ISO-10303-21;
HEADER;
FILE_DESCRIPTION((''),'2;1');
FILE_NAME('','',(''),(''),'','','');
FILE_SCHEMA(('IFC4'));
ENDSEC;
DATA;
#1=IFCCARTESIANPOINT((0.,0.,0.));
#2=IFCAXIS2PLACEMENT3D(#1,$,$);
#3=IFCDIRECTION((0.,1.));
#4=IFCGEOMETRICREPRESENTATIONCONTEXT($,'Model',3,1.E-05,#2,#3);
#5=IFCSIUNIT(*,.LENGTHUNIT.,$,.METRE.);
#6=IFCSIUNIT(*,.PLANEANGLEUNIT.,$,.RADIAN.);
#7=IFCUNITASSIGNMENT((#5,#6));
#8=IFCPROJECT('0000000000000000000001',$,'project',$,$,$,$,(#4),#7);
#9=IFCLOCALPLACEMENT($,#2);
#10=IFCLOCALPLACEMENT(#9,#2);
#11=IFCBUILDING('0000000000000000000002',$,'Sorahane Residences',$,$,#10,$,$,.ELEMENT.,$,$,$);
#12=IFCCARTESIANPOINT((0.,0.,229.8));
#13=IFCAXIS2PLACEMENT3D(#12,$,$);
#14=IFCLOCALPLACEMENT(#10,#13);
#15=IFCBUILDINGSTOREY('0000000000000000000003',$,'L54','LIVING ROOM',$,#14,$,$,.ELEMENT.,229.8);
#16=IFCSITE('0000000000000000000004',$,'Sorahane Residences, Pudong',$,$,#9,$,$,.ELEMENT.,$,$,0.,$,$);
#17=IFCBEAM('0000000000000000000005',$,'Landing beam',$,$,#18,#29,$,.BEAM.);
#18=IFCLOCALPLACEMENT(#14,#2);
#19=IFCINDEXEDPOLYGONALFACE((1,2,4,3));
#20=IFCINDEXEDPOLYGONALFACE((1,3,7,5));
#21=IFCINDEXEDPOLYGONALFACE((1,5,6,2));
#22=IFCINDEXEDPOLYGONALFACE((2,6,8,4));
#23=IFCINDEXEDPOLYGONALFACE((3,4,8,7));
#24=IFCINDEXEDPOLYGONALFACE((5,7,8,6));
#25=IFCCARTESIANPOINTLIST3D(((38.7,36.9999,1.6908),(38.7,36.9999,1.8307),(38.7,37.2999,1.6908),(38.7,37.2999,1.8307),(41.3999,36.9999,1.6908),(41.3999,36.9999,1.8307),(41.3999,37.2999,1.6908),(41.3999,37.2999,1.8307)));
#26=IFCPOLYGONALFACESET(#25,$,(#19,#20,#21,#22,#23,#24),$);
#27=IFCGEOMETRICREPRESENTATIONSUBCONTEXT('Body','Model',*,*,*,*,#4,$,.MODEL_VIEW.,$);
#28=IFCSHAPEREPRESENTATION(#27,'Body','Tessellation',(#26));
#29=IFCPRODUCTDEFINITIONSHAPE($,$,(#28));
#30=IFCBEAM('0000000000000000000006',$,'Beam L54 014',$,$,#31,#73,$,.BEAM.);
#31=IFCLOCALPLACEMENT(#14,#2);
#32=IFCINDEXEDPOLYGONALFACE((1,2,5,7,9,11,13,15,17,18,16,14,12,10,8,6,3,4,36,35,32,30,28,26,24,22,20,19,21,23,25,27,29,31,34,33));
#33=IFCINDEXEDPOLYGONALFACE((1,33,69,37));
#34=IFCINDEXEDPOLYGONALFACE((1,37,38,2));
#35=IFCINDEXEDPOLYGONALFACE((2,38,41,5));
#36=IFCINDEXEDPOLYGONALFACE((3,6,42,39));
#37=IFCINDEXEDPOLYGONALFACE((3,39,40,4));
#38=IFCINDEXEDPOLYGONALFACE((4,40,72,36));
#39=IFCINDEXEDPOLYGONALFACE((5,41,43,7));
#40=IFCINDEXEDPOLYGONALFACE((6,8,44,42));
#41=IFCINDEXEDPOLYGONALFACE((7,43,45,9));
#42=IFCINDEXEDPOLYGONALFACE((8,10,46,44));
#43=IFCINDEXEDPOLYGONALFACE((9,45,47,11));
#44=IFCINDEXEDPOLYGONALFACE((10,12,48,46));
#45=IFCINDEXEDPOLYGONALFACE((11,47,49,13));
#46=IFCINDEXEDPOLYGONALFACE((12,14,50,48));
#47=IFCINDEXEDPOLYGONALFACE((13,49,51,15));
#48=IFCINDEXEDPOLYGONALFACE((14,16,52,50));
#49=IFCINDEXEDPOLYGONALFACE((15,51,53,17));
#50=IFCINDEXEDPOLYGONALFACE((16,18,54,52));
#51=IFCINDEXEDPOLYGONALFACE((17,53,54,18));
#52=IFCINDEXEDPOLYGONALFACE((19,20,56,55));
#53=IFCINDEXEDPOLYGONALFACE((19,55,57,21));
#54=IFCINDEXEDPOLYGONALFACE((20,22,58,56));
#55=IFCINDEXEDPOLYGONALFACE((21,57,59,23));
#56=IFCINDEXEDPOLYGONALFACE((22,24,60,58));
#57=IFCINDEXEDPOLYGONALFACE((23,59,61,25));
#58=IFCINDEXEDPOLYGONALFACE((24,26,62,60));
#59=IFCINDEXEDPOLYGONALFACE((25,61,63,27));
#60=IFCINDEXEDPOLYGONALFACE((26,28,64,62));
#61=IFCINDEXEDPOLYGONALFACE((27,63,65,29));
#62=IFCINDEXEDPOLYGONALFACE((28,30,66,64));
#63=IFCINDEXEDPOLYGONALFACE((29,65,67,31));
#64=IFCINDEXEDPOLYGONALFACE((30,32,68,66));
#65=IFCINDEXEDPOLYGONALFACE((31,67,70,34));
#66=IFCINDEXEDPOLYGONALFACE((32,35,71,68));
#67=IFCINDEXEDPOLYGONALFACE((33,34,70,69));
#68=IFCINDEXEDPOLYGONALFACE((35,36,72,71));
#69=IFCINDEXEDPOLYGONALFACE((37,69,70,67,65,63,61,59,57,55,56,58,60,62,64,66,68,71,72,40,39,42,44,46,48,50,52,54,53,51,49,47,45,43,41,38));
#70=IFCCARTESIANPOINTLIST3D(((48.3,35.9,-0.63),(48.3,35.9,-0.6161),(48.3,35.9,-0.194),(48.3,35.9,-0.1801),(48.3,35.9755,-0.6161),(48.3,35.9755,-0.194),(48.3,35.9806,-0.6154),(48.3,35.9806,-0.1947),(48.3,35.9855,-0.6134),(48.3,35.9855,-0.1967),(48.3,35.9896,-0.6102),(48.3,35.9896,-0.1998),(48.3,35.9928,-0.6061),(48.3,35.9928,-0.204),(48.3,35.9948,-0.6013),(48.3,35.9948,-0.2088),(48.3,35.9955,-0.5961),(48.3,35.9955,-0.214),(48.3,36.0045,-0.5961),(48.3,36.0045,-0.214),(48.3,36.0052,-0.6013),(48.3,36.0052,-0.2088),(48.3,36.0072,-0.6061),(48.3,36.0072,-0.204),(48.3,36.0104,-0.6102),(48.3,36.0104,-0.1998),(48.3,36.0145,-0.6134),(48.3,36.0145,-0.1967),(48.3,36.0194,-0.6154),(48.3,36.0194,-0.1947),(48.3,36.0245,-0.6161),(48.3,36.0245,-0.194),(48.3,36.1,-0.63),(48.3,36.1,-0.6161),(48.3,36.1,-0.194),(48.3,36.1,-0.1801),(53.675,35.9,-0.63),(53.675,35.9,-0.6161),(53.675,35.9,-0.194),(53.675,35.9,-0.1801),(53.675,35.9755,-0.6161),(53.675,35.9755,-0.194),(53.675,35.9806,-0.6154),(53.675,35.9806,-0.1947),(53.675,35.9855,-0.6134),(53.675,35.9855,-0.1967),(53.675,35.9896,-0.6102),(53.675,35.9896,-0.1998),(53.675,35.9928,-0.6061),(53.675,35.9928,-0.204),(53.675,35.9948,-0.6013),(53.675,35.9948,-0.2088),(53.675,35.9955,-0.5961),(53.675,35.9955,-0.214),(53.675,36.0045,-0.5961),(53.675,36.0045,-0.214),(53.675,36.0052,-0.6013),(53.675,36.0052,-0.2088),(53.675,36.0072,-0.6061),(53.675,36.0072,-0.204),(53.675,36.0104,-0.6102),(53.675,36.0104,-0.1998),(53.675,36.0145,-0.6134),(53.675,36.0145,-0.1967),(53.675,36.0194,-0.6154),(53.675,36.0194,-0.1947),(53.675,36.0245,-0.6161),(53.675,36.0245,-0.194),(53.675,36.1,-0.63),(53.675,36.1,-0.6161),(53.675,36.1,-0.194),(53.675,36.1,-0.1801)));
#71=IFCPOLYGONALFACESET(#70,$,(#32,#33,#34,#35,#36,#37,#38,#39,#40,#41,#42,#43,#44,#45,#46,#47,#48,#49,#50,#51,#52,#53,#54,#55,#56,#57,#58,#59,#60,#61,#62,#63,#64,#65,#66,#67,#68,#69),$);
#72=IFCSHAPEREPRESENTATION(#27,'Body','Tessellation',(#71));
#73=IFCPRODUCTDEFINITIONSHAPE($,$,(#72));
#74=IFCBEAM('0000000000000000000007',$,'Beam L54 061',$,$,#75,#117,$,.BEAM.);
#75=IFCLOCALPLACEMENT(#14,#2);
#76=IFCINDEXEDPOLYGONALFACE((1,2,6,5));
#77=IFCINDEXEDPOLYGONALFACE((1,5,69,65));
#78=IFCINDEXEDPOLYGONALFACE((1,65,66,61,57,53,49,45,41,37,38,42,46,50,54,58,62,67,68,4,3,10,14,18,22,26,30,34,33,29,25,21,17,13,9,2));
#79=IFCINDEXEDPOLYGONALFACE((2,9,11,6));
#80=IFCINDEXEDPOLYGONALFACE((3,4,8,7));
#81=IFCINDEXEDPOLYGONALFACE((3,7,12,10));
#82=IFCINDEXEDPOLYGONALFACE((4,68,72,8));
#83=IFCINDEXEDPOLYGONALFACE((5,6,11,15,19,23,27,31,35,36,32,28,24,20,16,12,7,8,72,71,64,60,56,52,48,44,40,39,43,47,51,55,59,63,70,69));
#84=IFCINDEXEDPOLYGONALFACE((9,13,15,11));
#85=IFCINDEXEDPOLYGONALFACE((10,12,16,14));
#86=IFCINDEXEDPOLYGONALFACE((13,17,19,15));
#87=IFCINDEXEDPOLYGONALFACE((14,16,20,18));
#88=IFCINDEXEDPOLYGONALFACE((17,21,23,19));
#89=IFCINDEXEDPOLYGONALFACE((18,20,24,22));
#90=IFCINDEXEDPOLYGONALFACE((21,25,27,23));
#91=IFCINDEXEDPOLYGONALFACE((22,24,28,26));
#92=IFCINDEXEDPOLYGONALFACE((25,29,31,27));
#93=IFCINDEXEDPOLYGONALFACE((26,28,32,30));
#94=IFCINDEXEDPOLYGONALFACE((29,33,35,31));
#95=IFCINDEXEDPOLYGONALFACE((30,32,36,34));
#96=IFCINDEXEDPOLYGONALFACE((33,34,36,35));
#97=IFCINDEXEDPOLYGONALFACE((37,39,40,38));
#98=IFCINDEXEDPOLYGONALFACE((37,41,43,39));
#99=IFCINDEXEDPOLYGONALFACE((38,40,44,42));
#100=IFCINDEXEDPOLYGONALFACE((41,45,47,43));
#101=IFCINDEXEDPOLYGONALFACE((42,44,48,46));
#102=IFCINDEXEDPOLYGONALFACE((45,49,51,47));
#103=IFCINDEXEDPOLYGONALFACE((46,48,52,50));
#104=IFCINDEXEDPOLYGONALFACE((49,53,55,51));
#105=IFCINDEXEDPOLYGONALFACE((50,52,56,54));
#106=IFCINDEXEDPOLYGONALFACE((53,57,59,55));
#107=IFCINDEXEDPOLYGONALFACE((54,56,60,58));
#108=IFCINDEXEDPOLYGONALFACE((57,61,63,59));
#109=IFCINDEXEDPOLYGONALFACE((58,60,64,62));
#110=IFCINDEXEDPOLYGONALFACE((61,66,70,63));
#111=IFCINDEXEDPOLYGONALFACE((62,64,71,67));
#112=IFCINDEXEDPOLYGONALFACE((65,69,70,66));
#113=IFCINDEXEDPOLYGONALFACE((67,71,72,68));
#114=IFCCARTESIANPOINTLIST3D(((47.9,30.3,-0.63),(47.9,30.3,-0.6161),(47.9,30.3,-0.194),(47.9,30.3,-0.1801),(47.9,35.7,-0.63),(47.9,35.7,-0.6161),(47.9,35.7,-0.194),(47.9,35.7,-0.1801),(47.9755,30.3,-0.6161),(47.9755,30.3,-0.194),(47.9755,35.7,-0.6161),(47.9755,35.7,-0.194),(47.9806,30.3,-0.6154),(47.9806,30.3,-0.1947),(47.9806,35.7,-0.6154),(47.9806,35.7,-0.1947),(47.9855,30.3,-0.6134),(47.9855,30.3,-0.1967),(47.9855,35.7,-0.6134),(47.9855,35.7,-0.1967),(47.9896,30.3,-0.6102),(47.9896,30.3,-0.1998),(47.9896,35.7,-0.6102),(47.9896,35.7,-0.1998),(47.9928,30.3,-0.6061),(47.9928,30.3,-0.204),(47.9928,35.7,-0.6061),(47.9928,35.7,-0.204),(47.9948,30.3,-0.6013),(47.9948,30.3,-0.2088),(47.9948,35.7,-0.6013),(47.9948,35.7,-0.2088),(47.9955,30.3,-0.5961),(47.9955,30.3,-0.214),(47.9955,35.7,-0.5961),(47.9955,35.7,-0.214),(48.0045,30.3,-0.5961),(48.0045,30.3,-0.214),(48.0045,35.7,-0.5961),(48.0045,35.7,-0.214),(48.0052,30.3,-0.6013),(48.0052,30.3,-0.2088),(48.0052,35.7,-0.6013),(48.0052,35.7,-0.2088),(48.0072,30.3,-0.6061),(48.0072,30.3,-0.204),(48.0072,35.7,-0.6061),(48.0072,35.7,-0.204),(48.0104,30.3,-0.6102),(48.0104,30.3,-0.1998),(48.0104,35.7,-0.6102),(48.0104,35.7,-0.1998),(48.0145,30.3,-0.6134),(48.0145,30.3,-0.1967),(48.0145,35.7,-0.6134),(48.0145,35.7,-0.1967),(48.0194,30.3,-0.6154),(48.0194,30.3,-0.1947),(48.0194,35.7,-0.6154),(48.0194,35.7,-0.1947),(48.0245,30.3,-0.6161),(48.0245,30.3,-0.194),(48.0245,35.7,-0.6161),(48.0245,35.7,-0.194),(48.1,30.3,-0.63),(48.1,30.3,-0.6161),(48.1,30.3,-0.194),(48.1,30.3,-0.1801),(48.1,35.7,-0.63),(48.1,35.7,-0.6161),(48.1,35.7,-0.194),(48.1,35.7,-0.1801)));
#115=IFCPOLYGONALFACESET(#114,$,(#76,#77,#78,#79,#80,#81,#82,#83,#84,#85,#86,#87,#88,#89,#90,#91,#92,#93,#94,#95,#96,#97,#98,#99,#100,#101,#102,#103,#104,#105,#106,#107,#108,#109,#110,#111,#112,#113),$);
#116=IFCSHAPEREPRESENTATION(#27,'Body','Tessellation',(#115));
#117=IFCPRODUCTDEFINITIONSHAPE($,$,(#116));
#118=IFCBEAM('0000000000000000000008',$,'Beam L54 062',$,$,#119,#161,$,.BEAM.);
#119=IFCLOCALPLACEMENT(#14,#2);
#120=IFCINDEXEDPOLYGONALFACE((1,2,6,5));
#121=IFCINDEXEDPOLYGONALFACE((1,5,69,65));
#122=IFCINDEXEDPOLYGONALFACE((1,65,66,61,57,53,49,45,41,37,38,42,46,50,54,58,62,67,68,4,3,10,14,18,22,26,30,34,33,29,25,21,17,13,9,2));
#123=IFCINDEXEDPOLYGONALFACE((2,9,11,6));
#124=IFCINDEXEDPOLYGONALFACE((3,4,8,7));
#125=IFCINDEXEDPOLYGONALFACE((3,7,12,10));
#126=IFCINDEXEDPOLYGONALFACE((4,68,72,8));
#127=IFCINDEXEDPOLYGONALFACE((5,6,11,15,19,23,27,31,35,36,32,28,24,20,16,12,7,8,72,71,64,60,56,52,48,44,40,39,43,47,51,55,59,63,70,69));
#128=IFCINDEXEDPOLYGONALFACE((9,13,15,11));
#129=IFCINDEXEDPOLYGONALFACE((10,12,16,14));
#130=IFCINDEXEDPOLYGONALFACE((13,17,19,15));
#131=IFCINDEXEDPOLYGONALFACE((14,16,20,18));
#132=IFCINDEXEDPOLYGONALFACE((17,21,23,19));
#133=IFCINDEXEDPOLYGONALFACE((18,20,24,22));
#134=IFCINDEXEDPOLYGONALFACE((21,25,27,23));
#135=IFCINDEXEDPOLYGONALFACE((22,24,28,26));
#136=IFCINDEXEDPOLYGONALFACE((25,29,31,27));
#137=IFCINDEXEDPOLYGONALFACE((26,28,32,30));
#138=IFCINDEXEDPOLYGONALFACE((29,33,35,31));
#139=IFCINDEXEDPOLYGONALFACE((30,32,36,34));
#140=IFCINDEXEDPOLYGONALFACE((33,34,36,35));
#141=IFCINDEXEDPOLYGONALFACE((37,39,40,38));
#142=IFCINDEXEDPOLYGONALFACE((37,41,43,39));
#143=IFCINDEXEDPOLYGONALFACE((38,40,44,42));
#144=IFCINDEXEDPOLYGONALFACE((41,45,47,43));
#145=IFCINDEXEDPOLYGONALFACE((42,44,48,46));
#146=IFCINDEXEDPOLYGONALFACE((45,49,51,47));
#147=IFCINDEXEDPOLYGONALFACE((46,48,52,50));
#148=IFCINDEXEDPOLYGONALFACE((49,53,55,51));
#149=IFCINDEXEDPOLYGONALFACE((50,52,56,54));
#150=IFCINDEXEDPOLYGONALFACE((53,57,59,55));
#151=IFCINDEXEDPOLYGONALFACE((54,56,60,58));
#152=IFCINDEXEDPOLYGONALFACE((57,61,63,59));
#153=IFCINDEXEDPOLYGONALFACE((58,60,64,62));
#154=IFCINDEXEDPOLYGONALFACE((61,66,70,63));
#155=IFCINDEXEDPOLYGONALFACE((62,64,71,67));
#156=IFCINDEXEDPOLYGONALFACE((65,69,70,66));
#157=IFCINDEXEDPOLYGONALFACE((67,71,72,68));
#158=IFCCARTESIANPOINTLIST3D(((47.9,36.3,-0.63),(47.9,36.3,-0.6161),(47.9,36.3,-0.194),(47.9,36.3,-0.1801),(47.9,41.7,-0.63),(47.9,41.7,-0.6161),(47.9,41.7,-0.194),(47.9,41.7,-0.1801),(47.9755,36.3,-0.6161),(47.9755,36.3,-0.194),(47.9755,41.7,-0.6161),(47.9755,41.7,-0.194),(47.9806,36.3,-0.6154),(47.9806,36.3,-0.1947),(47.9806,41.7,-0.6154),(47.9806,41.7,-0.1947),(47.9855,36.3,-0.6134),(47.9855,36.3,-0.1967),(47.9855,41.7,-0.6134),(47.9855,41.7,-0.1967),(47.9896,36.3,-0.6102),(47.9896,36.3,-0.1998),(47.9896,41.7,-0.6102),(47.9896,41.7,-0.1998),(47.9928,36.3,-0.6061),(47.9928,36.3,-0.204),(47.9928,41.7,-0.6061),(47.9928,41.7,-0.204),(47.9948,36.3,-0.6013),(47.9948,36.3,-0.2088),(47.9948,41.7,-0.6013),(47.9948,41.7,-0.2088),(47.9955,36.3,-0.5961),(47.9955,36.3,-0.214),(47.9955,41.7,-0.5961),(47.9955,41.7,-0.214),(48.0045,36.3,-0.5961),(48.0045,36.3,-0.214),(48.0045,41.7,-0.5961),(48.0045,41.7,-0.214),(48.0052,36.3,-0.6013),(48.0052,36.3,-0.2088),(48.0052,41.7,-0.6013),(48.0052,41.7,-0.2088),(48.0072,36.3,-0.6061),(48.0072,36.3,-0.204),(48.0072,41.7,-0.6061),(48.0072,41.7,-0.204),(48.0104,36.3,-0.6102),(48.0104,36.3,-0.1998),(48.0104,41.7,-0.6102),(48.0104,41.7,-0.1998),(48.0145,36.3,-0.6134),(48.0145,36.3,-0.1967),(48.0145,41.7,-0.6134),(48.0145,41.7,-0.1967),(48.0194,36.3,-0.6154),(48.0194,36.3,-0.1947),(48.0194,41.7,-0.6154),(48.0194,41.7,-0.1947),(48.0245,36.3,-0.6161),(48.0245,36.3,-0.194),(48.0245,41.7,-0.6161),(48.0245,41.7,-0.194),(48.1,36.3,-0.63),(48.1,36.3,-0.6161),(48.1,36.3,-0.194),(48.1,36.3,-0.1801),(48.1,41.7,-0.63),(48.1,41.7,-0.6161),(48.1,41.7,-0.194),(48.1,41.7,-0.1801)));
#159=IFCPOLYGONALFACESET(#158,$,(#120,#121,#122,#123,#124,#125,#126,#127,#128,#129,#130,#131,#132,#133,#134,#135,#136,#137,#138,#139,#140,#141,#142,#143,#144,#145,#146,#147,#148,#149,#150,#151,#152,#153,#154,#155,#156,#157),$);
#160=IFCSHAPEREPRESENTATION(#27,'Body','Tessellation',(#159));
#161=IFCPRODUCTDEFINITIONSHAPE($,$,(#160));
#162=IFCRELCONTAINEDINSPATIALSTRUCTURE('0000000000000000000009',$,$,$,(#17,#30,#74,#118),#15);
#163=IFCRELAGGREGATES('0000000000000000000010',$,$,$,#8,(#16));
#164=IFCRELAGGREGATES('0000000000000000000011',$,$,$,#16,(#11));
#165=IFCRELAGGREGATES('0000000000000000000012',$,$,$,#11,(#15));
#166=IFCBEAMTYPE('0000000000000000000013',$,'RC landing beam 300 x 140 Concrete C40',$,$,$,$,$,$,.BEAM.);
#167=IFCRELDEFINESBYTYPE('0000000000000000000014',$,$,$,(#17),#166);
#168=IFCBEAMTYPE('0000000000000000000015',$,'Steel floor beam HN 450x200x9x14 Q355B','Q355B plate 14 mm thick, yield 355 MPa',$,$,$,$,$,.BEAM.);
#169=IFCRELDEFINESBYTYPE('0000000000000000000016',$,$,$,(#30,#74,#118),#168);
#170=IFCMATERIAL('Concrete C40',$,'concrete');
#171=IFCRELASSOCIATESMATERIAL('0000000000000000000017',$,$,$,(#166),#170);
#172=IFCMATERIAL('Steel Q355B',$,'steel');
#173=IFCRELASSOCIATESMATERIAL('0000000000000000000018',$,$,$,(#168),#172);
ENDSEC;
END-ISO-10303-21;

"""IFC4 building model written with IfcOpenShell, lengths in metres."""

from ifc_helpers import new_model, si_unit, direction, frame, origin, origin_2d, place, context, subcontext, project, spatial, rectangle, i_section, extrude, material, material_profile, profile_set, type_object, element, save


model = new_model("IFC4")

# Units and contexts
model_context = context("Model", 3, precision=1e-05, world=origin(), true_north=direction((0.0, 1.0)))
body_context = subcontext(model_context, "Body", "Model", "MODEL_VIEW")
ifc_project = project(units=[si_unit("LENGTHUNIT", "METRE"), si_unit("PLANEANGLEUNIT", "RADIAN")], contexts=[model_context])

# Site, building, storey
site_placement = place(None, origin())
site = spatial("IfcSite", under=ifc_project, at=site_placement, Name="Sorahane Residences, Pudong", CompositionType="ELEMENT", RefElevation=0.0)
building_placement = place(site_placement, origin())
building = spatial("IfcBuilding", under=site, at=building_placement, Name="Sorahane Residences", CompositionType="ELEMENT")
storey_placement = place(building_placement, frame((0.0, 0.0, 229.8)))
storey = spatial("IfcBuildingStorey", under=building, at=storey_placement, Name="L54", Description="LIVING ROOM", CompositionType="ELEMENT", Elevation=229.8)

# Beams
ifc_material_1 = material(Name="Concrete C40", Category="concrete")
ifc_material_profile_1 = material_profile(ifc_material_1, rectangle(XDim=0.3, YDim=0.1399, at=origin_2d()), Name="300x140")
ifc_profile_set_1 = profile_set([ifc_material_profile_1], Name="Concrete C40")
beam_type_1 = type_object("IfcBeamType", Name="RC landing beam 300 x 140 Concrete C40", PredefinedType="BEAM", material=ifc_profile_set_1)
beam_1_placement = place(storey_placement, frame((38.7, 37.1499, 1.7607), z_axis=(1.0, 0.0, 0.0), x_axis=(0.0, 1.0, 0.0)))
element("IfcBeam", 1, at=beam_1_placement, inside=storey, type_object=beam_type_1, Name="Landing beam", PredefinedType="BEAM", context=body_context, shape_type="SweptSolid", body=[
    extrude(rectangle(XDim=0.3, YDim=0.1399, at=origin_2d()), origin(), (0.0, 0.0, 1.0), 2.7),
])
ifc_material_2 = material(Name="Steel Q355B", Category="steel")
ifc_material_profile_2 = material_profile(ifc_material_2, i_section(OverallWidth=0.2, OverallDepth=0.45, WebThickness=0.009, FlangeThickness=0.0139, FilletRadius=0.02, at=origin_2d()), Name="HN 450x200x9x14")
ifc_profile_set_2 = profile_set([ifc_material_profile_2], Name="Steel Q355B")
beam_type_2 = type_object("IfcBeamType", Name="Steel floor beam HN 450x200x9x14 Q355B", Description="Q355B plate 14 mm thick, yield 355 MPa", PredefinedType="BEAM", material=ifc_profile_set_2)
beam_2_placement = place(storey_placement, frame((48.3, 36.0, -0.405), z_axis=(1.0, 0.0, 0.0), x_axis=(0.0, 1.0, 0.0)))
element("IfcBeam", 2, at=beam_2_placement, inside=storey, type_object=beam_type_2, Name="Beam L54 014", PredefinedType="BEAM", context=body_context, shape_type="SweptSolid", body=[
    extrude(i_section(OverallWidth=0.2, OverallDepth=0.45, WebThickness=0.009, FlangeThickness=0.0139, FilletRadius=0.02, at=origin_2d()), origin(), (0.0, 0.0, 1.0), 5.375),
])
for number, where, z_axis, x_axis, name in (
    (3, (48.0, 30.3, -0.405), (0.0, 1.0, 0.0), (-1.0, 0.0, 0.0), "Beam L54 061"),
    (4, (48.0, 36.3, -0.405), (0.0, 1.0, 0.0), (-1.0, 0.0, 0.0), "Beam L54 062"),
):
    element("IfcBeam", number, at=place(storey_placement, frame(where, z_axis=z_axis, x_axis=x_axis)), inside=storey, type_object=beam_type_2, Name=name, PredefinedType="BEAM", context=body_context, shape_type="SweptSolid", body=[
        extrude(i_section(OverallWidth=0.2, OverallDepth=0.45, WebThickness=0.009, FlangeThickness=0.0139, FilletRadius=0.02, at=origin_2d()), origin(), (0.0, 0.0, 1.0), 5.3999),
    ])

save(model, "model.ifc")
